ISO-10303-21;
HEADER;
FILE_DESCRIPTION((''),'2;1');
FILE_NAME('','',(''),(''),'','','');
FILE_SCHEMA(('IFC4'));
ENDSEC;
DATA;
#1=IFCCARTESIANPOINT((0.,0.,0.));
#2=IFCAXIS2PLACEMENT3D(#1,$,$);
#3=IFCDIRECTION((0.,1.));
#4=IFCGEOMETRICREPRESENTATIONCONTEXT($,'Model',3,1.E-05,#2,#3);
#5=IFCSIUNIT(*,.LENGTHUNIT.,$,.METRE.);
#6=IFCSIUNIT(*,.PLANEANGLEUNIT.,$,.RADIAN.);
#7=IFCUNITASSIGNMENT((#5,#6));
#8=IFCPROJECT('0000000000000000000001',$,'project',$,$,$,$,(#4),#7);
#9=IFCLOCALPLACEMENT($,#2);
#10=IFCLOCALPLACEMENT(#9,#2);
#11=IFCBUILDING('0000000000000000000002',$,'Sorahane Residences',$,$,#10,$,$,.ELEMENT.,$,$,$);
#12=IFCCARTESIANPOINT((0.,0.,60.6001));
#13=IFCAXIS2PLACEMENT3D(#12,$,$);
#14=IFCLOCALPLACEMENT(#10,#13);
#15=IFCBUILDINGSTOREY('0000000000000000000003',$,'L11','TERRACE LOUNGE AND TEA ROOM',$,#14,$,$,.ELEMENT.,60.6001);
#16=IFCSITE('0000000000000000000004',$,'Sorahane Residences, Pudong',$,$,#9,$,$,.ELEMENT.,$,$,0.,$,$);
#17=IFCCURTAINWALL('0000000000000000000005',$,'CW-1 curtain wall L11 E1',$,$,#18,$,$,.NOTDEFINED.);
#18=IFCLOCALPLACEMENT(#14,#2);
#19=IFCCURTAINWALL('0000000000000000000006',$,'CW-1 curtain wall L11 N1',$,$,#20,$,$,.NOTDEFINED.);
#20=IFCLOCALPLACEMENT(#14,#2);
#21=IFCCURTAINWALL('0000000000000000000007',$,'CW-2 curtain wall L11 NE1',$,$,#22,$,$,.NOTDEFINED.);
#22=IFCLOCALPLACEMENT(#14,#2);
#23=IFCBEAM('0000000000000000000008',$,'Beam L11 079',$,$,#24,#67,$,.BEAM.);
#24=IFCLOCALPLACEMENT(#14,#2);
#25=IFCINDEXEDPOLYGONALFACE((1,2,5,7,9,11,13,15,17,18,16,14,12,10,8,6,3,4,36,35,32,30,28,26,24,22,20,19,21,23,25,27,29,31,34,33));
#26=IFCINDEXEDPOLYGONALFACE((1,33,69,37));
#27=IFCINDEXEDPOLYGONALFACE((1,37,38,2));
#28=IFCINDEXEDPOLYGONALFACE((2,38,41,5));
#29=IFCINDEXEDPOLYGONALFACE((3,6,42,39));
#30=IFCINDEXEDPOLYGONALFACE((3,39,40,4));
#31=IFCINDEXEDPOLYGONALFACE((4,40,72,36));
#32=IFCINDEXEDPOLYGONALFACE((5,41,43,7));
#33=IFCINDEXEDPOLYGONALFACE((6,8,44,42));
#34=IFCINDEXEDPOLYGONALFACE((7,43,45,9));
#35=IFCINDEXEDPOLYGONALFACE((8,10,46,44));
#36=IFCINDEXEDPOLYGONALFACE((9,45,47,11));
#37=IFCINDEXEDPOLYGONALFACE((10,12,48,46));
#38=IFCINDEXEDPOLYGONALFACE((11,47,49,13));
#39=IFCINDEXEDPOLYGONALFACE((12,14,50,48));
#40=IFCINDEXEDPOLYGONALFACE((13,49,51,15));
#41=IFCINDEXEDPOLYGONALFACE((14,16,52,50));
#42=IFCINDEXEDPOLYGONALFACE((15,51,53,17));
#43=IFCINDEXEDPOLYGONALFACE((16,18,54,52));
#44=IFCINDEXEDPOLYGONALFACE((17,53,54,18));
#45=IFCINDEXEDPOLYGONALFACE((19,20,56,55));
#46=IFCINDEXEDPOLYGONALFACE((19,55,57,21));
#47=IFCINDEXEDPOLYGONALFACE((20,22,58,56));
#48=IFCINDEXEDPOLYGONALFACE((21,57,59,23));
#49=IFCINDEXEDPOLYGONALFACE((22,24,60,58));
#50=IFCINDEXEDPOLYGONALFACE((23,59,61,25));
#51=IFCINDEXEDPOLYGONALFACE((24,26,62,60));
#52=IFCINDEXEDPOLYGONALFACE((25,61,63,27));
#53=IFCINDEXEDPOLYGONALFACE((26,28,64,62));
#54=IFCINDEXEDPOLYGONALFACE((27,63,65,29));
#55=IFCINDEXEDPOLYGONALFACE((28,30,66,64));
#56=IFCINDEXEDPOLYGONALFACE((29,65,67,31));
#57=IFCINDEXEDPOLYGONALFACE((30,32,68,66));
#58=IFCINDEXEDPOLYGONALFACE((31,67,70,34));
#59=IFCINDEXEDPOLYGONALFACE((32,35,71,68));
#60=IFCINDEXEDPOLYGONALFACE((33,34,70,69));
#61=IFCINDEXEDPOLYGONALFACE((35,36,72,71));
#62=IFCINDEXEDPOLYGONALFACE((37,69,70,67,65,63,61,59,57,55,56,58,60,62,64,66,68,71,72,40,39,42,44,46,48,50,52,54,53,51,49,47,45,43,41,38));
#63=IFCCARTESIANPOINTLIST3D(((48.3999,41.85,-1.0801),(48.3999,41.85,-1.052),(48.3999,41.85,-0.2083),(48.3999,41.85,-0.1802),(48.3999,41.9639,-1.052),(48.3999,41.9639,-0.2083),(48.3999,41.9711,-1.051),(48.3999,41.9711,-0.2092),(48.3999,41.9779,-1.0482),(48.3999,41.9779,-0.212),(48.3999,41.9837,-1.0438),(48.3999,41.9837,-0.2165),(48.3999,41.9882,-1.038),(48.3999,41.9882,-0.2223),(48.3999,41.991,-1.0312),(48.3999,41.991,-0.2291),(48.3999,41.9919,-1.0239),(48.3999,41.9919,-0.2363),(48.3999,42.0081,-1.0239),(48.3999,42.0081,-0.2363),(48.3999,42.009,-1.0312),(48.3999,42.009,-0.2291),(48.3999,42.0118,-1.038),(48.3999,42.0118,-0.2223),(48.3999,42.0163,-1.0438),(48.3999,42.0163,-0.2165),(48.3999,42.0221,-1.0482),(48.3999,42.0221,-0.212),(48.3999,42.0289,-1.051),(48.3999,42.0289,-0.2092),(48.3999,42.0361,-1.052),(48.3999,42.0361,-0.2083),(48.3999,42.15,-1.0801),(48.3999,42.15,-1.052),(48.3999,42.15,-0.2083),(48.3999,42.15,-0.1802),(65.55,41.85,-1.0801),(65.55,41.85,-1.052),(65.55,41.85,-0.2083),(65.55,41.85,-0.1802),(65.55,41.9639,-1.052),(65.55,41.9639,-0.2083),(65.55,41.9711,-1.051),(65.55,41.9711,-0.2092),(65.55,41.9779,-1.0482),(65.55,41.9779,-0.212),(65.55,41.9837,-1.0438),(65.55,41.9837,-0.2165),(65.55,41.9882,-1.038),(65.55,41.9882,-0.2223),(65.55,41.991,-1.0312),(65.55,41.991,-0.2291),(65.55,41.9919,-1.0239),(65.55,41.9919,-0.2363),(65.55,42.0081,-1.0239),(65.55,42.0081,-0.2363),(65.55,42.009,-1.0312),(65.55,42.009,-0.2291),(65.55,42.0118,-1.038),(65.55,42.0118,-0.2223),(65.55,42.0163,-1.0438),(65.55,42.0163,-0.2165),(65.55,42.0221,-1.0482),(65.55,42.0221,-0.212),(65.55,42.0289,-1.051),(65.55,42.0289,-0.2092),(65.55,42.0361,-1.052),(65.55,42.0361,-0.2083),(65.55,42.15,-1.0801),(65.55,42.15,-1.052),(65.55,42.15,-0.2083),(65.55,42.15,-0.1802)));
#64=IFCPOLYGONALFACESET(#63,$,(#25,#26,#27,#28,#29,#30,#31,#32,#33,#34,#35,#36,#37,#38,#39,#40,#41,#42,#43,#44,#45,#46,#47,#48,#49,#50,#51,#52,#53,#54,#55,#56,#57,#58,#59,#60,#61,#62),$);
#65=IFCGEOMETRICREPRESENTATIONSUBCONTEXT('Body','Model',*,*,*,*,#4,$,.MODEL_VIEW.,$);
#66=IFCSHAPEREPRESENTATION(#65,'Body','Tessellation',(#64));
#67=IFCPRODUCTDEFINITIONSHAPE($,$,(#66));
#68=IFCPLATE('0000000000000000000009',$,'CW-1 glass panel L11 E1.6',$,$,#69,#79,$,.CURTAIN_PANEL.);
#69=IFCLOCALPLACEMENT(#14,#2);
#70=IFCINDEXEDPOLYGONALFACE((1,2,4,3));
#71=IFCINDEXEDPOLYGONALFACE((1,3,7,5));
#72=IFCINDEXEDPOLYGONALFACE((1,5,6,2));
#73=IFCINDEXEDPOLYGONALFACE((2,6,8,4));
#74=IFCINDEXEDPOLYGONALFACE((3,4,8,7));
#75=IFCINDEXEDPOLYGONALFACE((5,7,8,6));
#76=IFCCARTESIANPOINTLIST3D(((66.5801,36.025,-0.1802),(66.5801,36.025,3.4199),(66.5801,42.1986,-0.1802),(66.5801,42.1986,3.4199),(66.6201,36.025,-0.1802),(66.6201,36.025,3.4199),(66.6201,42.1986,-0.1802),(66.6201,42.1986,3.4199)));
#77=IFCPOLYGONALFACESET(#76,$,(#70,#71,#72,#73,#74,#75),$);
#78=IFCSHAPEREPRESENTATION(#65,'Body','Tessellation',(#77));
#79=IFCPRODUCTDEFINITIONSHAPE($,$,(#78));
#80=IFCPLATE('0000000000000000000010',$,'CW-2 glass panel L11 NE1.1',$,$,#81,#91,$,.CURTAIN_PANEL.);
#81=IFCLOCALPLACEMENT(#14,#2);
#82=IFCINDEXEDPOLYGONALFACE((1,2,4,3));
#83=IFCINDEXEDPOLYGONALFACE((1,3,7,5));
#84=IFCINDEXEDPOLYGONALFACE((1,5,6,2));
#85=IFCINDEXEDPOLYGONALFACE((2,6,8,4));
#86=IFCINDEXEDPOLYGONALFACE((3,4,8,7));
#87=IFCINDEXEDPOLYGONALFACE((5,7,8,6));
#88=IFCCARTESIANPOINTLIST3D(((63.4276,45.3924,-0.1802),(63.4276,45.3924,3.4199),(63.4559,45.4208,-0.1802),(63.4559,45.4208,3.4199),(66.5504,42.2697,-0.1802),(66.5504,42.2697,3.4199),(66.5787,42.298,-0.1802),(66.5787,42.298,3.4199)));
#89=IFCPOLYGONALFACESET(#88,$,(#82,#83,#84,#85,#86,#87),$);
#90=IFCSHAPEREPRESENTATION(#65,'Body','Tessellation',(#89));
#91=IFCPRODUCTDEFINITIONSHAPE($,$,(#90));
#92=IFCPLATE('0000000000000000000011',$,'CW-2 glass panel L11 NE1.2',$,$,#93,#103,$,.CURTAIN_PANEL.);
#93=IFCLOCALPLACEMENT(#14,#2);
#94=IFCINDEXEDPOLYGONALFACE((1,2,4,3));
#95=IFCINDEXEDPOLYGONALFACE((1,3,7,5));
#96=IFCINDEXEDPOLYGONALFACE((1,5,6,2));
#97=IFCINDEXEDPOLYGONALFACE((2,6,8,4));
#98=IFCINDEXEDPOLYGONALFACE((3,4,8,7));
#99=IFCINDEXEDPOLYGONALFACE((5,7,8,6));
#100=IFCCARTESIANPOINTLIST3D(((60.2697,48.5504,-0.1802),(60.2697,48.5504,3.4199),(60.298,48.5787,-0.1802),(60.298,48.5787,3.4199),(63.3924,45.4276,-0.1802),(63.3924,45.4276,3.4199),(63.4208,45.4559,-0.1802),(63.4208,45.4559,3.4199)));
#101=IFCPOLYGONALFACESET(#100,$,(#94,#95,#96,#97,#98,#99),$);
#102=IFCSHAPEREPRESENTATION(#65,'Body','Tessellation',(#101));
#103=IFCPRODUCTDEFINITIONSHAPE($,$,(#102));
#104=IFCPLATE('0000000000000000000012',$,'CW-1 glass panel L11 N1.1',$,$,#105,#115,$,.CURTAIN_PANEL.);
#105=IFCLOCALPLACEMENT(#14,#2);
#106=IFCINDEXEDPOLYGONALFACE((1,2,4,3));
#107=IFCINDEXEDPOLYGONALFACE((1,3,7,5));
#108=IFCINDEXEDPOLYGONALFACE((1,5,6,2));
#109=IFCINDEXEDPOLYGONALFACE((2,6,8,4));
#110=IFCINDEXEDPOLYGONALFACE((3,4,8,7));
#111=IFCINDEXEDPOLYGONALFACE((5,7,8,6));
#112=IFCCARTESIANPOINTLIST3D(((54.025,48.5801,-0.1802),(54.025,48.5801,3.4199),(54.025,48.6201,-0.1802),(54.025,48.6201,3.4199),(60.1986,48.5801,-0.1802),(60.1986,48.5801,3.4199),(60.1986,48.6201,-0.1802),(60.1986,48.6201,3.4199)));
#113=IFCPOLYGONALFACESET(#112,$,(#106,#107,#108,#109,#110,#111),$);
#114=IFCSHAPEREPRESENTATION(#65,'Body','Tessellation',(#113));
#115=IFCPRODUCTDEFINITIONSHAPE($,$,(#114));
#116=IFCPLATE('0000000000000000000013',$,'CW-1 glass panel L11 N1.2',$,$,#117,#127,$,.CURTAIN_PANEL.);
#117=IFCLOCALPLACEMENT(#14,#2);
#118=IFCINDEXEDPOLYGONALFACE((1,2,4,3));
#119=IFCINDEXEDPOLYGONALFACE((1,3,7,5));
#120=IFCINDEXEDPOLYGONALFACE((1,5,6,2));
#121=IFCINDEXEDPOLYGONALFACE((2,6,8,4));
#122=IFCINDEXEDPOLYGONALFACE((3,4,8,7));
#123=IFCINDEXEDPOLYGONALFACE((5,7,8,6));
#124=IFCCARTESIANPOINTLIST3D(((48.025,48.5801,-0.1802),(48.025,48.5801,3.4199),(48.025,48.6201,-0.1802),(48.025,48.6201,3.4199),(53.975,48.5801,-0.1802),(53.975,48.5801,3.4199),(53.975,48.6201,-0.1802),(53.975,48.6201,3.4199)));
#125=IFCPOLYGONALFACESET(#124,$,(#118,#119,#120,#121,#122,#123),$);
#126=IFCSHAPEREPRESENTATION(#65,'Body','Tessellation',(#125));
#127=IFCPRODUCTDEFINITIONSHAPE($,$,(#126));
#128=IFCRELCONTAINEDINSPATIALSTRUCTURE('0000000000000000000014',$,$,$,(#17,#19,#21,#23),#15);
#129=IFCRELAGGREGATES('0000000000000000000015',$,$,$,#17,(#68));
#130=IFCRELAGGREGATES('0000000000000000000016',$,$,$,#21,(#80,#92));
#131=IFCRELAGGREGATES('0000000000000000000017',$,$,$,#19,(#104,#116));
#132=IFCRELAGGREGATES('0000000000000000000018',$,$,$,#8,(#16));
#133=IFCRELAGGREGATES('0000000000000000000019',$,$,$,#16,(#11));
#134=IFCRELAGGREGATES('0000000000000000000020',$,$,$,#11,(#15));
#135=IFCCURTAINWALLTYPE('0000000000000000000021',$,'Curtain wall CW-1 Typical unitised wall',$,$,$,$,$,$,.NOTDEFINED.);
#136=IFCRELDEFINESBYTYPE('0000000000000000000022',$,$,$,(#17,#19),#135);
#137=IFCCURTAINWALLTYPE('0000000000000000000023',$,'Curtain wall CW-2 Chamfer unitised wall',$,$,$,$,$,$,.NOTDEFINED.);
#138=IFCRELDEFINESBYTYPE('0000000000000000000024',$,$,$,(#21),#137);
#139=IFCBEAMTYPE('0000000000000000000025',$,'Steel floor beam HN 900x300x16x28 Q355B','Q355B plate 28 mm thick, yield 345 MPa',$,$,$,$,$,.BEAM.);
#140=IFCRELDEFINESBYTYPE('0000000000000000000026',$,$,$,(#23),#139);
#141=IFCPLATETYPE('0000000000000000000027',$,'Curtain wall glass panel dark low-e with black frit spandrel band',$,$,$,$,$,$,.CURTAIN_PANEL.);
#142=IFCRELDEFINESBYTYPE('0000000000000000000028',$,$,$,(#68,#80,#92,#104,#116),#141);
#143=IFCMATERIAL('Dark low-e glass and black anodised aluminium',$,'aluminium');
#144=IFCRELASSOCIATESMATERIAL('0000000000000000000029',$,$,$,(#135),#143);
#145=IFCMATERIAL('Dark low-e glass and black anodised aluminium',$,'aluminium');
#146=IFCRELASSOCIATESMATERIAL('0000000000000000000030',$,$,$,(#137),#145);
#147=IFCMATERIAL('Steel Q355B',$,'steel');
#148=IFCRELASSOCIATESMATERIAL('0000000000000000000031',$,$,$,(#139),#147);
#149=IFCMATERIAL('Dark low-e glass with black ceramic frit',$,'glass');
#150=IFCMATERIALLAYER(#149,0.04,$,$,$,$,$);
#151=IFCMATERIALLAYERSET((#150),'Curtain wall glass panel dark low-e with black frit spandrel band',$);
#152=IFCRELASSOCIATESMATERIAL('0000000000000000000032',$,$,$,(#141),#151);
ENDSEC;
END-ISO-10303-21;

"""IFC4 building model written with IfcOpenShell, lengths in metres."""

from ifc_helpers import new_model, si_unit, direction, frame, origin, origin_2d, place, context, subcontext, project, spatial, rectangle, i_section, extrude, material, layer, layer_set, material_profile, profile_set, type_object, element, aggregate, save


model = new_model("IFC4")

# Units and contexts
model_context = context("Model", 3, precision=1e-05, world=origin(), true_north=direction((0.0, 1.0)))
body_context = subcontext(model_context, "Body", "Model", "MODEL_VIEW")
ifc_project = project(units=[si_unit("LENGTHUNIT", "METRE"), si_unit("PLANEANGLEUNIT", "RADIAN")], contexts=[model_context])

# Site, building, storey
site_placement = place(None, origin())
site = spatial("IfcSite", under=ifc_project, at=site_placement, Name="Sorahane Residences, Pudong", CompositionType="ELEMENT", RefElevation=0.0)
building_placement = place(site_placement, origin())
building = spatial("IfcBuilding", under=site, at=building_placement, Name="Sorahane Residences", CompositionType="ELEMENT")
storey_placement = place(building_placement, frame((0.0, 0.0, 60.6001)))
storey = spatial("IfcBuildingStorey", under=building, at=storey_placement, Name="L11", Description="TERRACE LOUNGE AND TEA ROOM", CompositionType="ELEMENT", Elevation=60.6001)

# Curtain walls
ifc_material_1 = material(Name="Dark low-e glass and black anodised aluminium", Category="aluminium")
curtain_wall_type_1 = type_object("IfcCurtainWallType", Name="Curtain wall CW-1 Typical unitised wall", PredefinedType="NOTDEFINED", material=ifc_material_1)
curtain_wall_1_placement = place(storey_placement, origin())
curtain_wall_1 = element("IfcCurtainWall", 1, at=curtain_wall_1_placement, inside=storey, type_object=curtain_wall_type_1, Name="CW-1 curtain wall L11 E1", PredefinedType="NOTDEFINED")
curtain_wall_2_placement = place(storey_placement, origin())
curtain_wall_2 = element("IfcCurtainWall", 2, at=curtain_wall_2_placement, inside=storey, type_object=curtain_wall_type_1, Name="CW-1 curtain wall L11 N1", PredefinedType="NOTDEFINED")
ifc_material_2 = material(Name="Dark low-e glass and black anodised aluminium", Category="aluminium")
curtain_wall_type_2 = type_object("IfcCurtainWallType", Name="Curtain wall CW-2 Chamfer unitised wall", PredefinedType="NOTDEFINED", material=ifc_material_2)
curtain_wall_3_placement = place(storey_placement, origin())
curtain_wall_3 = element("IfcCurtainWall", 3, at=curtain_wall_3_placement, inside=storey, type_object=curtain_wall_type_2, Name="CW-2 curtain wall L11 NE1", PredefinedType="NOTDEFINED")

# Beam
ifc_material_3 = material(Name="Steel Q355B", Category="steel")
ifc_material_profile_1 = material_profile(ifc_material_3, i_section(OverallWidth=0.3, OverallDepth=0.8999, WebThickness=0.0161, FlangeThickness=0.0281, FilletRadius=0.0281, at=origin_2d()), Name="HN 900x300x16x28")
ifc_profile_set_1 = profile_set([ifc_material_profile_1], Name="Steel Q355B")
beam_type_1 = type_object("IfcBeamType", Name="Steel floor beam HN 900x300x16x28 Q355B", Description="Q355B plate 28 mm thick, yield 345 MPa", PredefinedType="BEAM", material=ifc_profile_set_1)
beam_1_placement = place(storey_placement, frame((48.3999, 42.0, -0.6301), z_axis=(1.0, 0.0, 0.0), x_axis=(0.0, 1.0, 0.0)))
element("IfcBeam", 4, at=beam_1_placement, inside=storey, type_object=beam_type_1, Name="Beam L11 079", PredefinedType="BEAM", context=body_context, shape_type="SweptSolid", body=[
    extrude(i_section(OverallWidth=0.3, OverallDepth=0.8999, WebThickness=0.0161, FlangeThickness=0.0281, FilletRadius=0.0281, at=origin_2d()), origin(), (0.0, 0.0, 1.0), 17.1501),
])

# Plates
ifc_material_4 = material(Name="Dark low-e glass with black ceramic frit", Category="glass")
ifc_layer = layer(ifc_material_4, 0.04)
ifc_layer_set = layer_set([ifc_layer], Name="Curtain wall glass panel dark low-e with black frit spandrel band")
plate_type = type_object("IfcPlateType", Name="Curtain wall glass panel dark low-e with black frit spandrel band", PredefinedType="CURTAIN_PANEL", material=ifc_layer_set)
plate_1_placement = place(storey_placement, frame((66.6001, 39.1118, -0.1802), z_axis=(0.0, 0.0, 1.0), x_axis=(0.0, 1.0, 0.0)))
plate_1 = element("IfcPlate", 5, at=plate_1_placement, type_object=plate_type, Name="CW-1 glass panel L11 E1.6", PredefinedType="CURTAIN_PANEL", context=body_context, shape_type="SweptSolid", body=[
    extrude(rectangle(XDim=6.1736, YDim=0.04, at=origin_2d()), origin(), (0.0, 0.0, 1.0), 3.6001),
])
aggregate(curtain_wall_1, [plate_1])
plate_2_placement = place(storey_placement, frame((65.0032, 43.8452, -0.1802), z_axis=(0.0, 0.0, 1.0), x_axis=(-0.707107, 0.707107, 0.0)))
plate_2 = element("IfcPlate", 6, at=plate_2_placement, type_object=plate_type, Name="CW-2 glass panel L11 NE1.1", PredefinedType="CURTAIN_PANEL", context=body_context, shape_type="SweptSolid", body=[
    extrude(rectangle(XDim=4.4163, YDim=0.04, at=origin_2d()), origin(), (0.0, 0.0, 1.0), 3.6001),
])
plate_3_placement = place(storey_placement, frame((61.8452, 47.0032, -0.1802), z_axis=(0.0, 0.0, 1.0), x_axis=(-0.707107, 0.707107, 0.0)))
plate_3 = element("IfcPlate", 7, at=plate_3_placement, type_object=plate_type, Name="CW-2 glass panel L11 NE1.2", PredefinedType="CURTAIN_PANEL", context=body_context, shape_type="SweptSolid", body=[
    extrude(rectangle(XDim=4.4163, YDim=0.04, at=origin_2d()), origin(), (0.0, 0.0, 1.0), 3.6001),
])
aggregate(curtain_wall_3, [plate_2, plate_3])
plate_4_placement = place(storey_placement, frame((57.1118, 48.6001, -0.1802), z_axis=(0.0, 0.0, 1.0), x_axis=(-1.0, 0.0, 0.0)))
plate_4 = element("IfcPlate", 8, at=plate_4_placement, type_object=plate_type, Name="CW-1 glass panel L11 N1.1", PredefinedType="CURTAIN_PANEL", context=body_context, shape_type="SweptSolid", body=[
    extrude(rectangle(XDim=6.1736, YDim=0.04, at=origin_2d()), origin(), (0.0, 0.0, 1.0), 3.6001),
])
plate_5_placement = place(storey_placement, frame((51.0, 48.6001, -0.1802), z_axis=(0.0, 0.0, 1.0), x_axis=(-1.0, 0.0, 0.0)))
plate_5 = element("IfcPlate", 9, at=plate_5_placement, type_object=plate_type, Name="CW-1 glass panel L11 N1.2", PredefinedType="CURTAIN_PANEL", context=body_context, shape_type="SweptSolid", body=[
    extrude(rectangle(XDim=5.95, YDim=0.04, at=origin_2d()), origin(), (0.0, 0.0, 1.0), 3.6001),
])
aggregate(curtain_wall_2, [plate_4, plate_5])

save(model, "model.ifc")
